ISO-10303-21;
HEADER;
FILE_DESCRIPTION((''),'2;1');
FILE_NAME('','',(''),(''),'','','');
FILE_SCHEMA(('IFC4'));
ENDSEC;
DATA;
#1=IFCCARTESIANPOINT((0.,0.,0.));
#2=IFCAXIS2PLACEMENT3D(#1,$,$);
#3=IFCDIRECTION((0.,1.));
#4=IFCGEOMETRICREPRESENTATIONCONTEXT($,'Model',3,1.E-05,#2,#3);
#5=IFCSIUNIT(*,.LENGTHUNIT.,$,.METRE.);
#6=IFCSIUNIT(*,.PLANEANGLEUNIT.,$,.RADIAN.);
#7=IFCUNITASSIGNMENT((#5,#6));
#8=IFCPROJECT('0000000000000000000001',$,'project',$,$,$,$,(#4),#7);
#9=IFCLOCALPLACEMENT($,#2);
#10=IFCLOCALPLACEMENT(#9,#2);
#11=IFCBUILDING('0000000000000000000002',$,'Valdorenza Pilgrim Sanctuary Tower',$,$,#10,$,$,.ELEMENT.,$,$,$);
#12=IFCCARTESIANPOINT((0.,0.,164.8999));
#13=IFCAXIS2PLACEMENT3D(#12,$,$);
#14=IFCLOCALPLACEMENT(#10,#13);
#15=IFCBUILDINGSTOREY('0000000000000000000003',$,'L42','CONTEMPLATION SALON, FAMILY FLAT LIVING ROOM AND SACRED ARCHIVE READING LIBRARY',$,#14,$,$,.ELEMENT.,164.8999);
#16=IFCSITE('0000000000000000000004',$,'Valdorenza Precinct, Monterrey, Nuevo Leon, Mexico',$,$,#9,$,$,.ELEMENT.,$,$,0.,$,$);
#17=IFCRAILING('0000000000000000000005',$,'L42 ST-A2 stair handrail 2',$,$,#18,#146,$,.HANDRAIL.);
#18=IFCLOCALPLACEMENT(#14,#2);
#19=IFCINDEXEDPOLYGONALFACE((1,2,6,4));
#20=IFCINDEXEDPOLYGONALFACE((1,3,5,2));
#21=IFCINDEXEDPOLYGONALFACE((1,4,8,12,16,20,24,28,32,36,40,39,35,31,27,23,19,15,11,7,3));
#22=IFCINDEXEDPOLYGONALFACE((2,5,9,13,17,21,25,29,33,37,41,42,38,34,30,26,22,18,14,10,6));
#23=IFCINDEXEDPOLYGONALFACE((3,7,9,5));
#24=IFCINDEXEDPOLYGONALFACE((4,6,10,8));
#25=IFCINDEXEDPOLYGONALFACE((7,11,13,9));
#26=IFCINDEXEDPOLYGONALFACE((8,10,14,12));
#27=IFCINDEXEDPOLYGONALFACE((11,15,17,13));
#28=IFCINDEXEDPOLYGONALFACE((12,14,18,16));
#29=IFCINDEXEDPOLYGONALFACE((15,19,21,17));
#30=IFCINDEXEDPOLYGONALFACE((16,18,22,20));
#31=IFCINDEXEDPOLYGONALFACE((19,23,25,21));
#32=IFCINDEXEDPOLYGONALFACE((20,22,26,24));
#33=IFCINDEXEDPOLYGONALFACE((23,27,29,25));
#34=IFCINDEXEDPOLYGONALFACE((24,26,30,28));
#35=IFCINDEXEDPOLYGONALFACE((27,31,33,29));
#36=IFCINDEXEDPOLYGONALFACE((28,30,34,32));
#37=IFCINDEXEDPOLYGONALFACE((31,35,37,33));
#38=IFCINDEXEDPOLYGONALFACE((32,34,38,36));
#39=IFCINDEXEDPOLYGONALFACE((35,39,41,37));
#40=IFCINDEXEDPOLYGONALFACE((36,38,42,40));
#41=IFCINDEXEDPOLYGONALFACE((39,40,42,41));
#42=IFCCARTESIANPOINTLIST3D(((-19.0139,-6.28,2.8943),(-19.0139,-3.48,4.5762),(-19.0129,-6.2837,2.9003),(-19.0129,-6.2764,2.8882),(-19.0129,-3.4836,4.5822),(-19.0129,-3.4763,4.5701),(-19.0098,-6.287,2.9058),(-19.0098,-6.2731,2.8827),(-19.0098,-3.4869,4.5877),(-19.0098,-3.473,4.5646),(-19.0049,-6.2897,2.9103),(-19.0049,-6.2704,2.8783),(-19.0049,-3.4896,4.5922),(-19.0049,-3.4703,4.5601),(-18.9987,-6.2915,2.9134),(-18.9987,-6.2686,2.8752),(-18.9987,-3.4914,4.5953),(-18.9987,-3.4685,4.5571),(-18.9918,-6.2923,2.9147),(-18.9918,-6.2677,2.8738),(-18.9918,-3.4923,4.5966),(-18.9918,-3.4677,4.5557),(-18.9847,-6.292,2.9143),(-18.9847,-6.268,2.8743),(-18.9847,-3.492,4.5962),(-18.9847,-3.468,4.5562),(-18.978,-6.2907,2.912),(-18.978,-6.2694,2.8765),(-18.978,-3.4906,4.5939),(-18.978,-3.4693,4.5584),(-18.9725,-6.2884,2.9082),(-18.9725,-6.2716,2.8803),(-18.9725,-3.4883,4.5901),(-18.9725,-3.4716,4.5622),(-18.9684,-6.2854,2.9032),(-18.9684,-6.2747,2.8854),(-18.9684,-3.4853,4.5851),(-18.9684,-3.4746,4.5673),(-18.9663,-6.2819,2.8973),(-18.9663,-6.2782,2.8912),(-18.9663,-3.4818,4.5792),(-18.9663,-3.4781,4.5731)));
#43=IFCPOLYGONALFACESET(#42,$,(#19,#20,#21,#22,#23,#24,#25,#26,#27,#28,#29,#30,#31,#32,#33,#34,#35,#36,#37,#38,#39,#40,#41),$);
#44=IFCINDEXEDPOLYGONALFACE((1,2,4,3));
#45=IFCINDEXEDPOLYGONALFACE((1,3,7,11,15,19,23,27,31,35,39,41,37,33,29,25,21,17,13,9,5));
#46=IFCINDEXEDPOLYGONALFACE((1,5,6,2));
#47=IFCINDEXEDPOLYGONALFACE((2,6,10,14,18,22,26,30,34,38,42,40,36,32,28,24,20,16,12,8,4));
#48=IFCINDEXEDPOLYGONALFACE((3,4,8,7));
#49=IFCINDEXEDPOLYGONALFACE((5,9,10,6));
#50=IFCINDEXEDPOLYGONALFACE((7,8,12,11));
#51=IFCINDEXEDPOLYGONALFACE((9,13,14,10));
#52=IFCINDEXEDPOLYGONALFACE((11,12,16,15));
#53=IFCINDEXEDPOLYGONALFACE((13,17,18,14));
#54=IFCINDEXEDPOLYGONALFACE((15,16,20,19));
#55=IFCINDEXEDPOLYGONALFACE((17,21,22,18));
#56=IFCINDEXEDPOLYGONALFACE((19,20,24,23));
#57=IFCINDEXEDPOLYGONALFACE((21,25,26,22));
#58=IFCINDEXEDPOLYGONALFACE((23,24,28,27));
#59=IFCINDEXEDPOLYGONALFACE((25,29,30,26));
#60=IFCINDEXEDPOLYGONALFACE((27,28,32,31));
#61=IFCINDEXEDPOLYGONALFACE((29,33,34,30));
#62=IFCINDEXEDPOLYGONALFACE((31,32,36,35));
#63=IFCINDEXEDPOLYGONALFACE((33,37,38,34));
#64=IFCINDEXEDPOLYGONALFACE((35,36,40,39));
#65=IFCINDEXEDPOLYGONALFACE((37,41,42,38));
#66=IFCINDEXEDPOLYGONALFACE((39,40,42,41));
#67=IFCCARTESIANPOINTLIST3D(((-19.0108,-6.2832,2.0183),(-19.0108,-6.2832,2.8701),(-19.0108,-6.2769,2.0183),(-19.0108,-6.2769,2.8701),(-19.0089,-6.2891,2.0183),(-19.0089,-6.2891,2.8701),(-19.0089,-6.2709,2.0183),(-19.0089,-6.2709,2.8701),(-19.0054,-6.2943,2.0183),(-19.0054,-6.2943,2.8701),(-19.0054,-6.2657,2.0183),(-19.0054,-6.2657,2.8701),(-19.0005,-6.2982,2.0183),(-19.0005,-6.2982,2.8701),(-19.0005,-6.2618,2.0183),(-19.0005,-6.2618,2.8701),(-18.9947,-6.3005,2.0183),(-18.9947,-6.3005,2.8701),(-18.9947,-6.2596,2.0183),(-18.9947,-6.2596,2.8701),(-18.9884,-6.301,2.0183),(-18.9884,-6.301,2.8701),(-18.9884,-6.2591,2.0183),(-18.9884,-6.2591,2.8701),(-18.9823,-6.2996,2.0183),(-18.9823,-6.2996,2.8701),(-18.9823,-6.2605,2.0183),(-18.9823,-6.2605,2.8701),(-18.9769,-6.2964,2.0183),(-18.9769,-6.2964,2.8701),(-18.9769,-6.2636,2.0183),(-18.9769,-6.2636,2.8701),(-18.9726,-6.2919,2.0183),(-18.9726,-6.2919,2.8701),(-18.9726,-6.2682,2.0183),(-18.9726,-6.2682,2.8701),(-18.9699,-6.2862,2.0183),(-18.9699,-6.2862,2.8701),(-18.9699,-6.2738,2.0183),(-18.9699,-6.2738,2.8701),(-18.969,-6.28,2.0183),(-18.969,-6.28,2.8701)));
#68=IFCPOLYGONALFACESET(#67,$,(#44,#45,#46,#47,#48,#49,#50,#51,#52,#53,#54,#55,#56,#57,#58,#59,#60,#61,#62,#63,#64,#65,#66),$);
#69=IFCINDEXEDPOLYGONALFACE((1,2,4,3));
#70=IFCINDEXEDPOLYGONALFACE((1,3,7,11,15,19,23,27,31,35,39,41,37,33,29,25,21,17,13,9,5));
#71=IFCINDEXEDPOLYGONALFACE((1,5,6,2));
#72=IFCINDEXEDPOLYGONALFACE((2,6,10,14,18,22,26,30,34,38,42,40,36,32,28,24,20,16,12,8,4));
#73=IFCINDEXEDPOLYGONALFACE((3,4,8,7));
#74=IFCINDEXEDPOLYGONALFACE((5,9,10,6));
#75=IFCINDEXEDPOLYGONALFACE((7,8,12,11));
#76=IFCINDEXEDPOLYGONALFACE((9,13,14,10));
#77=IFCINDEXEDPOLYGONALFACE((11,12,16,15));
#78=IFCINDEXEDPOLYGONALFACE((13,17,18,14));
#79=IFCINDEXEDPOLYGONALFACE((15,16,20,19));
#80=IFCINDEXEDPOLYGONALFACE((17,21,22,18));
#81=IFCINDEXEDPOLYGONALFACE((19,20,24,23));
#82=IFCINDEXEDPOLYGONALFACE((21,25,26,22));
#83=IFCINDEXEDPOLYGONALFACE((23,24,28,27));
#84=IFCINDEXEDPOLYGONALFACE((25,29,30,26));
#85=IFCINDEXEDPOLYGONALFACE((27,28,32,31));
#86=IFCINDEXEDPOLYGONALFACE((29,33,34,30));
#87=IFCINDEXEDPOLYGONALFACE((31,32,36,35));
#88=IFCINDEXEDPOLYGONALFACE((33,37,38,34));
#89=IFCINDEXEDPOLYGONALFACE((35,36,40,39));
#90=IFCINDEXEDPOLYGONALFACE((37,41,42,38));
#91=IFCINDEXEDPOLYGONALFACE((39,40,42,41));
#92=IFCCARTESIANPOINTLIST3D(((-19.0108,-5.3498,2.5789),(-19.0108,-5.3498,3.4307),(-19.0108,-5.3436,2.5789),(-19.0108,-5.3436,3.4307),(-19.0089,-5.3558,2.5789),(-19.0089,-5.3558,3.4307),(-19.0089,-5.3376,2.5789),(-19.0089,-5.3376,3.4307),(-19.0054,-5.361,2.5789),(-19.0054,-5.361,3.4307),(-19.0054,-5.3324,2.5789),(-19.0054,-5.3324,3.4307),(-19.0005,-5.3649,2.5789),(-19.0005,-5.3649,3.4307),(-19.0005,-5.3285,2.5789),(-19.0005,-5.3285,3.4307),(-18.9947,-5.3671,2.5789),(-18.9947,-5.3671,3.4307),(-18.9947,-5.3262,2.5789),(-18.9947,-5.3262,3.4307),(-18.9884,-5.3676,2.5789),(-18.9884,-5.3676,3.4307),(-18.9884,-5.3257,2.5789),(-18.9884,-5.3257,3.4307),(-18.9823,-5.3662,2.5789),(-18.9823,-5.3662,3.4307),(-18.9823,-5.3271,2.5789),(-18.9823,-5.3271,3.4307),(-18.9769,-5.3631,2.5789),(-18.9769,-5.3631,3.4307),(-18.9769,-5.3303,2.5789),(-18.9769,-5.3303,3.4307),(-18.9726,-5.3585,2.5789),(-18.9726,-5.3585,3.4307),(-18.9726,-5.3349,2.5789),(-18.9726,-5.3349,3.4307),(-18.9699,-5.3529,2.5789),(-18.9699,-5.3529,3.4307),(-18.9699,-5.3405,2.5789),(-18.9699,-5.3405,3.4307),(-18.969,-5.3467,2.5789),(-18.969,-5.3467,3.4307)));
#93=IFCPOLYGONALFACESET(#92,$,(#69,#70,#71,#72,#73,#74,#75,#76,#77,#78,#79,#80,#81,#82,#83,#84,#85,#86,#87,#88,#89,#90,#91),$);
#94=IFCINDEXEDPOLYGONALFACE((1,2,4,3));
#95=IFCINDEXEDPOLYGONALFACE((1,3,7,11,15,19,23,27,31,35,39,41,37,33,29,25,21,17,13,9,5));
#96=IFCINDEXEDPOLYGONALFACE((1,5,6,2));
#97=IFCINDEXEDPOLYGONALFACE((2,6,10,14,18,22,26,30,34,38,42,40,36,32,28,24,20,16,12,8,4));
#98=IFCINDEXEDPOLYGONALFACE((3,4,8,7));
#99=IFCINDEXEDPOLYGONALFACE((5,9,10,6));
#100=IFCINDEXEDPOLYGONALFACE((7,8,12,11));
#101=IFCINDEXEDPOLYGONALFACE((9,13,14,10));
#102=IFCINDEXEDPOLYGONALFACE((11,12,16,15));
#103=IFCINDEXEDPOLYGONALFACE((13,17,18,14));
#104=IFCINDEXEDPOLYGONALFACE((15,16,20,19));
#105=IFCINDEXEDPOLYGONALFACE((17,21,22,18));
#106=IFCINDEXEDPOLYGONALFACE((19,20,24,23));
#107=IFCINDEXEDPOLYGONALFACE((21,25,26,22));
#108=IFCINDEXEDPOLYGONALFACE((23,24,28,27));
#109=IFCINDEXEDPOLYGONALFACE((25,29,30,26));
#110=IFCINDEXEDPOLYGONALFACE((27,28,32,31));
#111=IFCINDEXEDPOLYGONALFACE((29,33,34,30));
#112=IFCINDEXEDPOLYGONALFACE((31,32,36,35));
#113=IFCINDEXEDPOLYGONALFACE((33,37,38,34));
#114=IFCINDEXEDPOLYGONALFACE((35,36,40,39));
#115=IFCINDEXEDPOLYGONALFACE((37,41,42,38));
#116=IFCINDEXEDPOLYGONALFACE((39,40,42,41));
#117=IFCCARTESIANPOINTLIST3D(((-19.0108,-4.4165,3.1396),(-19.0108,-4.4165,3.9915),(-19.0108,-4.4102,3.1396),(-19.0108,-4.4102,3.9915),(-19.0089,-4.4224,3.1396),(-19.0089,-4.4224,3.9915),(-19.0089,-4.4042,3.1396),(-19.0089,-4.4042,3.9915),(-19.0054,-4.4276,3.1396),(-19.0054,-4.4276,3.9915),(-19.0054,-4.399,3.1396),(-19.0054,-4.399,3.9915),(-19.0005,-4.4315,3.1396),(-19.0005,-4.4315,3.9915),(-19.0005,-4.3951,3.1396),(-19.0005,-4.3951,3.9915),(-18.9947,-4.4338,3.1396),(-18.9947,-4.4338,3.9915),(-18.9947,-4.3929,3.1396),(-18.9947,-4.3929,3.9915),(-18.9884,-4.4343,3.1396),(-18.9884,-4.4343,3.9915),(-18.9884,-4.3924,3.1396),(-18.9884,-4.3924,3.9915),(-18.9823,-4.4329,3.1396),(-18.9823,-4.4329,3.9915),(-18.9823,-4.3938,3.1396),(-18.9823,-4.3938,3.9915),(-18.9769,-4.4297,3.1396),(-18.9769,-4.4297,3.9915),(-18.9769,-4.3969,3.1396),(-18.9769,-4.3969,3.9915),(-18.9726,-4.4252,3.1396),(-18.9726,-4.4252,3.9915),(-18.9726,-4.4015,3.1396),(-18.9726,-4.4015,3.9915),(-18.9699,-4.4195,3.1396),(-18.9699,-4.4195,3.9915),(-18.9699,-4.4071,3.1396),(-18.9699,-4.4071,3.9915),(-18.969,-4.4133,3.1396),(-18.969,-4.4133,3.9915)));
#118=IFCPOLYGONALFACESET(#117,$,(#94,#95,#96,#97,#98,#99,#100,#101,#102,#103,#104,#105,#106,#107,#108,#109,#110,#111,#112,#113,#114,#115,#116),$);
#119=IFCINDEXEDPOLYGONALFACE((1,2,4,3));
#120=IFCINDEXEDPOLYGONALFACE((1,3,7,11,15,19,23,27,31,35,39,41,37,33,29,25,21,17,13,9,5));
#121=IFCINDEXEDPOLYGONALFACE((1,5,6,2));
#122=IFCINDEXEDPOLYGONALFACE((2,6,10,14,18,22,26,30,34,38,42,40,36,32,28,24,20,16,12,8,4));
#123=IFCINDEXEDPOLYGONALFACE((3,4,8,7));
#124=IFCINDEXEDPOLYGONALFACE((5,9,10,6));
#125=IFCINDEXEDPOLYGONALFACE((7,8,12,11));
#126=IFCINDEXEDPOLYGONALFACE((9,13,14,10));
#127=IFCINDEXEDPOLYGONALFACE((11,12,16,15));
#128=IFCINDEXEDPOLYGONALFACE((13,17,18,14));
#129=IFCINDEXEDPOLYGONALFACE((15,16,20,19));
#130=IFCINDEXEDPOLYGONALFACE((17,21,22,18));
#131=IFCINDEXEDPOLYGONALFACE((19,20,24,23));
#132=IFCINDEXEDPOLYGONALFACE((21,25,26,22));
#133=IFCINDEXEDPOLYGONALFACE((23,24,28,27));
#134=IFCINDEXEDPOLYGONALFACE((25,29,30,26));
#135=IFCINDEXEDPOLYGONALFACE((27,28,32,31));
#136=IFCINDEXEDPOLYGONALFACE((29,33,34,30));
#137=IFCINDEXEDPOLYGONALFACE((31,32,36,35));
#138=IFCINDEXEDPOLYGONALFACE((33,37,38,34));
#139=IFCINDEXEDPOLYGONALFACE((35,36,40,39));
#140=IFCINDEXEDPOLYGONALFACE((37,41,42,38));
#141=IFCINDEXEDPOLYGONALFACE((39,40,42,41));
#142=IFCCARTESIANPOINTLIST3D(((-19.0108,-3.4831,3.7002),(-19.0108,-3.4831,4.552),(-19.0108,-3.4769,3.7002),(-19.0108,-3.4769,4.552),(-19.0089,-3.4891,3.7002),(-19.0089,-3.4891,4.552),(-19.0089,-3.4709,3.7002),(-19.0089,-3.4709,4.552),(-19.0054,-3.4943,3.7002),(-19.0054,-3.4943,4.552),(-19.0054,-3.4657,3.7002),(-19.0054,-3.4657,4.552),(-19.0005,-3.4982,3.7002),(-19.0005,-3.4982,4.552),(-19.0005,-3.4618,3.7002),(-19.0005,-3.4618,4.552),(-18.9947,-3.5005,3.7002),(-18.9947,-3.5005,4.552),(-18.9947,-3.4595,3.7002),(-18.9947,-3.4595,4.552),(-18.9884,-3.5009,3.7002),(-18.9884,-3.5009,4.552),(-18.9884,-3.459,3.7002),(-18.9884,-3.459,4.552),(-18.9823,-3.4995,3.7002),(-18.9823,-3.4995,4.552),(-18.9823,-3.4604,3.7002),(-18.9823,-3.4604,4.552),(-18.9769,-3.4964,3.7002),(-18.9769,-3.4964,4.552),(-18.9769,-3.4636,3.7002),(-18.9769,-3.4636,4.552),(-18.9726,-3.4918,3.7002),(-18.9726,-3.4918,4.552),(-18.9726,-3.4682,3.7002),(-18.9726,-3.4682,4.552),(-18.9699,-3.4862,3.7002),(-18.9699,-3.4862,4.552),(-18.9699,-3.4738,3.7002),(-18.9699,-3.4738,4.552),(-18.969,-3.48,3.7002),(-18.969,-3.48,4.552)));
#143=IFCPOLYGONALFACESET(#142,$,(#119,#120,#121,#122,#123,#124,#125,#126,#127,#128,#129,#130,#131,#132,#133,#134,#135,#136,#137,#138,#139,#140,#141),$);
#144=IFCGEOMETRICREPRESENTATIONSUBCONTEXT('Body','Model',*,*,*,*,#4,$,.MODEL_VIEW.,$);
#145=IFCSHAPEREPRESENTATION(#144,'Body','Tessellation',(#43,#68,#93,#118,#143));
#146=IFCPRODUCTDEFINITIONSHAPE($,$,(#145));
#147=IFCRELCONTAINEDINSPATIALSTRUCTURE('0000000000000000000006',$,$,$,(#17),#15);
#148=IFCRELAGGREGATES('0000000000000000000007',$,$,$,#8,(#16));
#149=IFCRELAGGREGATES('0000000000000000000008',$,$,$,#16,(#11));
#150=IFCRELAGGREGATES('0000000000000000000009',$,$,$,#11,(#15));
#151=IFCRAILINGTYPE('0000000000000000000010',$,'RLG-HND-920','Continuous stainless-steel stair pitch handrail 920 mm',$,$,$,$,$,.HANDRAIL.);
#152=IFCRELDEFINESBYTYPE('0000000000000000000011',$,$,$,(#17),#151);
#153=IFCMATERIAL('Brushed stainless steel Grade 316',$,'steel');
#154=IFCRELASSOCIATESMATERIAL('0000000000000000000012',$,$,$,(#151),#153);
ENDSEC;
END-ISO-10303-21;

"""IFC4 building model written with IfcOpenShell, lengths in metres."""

from ifc_helpers import new_model, si_unit, direction, frame, origin, origin_2d, place, context, subcontext, project, spatial, circle, extrude, material, type_object, element, save


model = new_model("IFC4")

# Units and contexts
model_context = context("Model", 3, precision=1e-05, world=origin(), true_north=direction((0.0, 1.0)))
body_context = subcontext(model_context, "Body", "Model", "MODEL_VIEW")
ifc_project = project(units=[si_unit("LENGTHUNIT", "METRE"), si_unit("PLANEANGLEUNIT", "RADIAN")], contexts=[model_context])

# Site, building, storey
site_placement = place(None, origin())
site = spatial("IfcSite", under=ifc_project, at=site_placement, Name="Valdorenza Precinct, Monterrey, Nuevo Leon, Mexico", CompositionType="ELEMENT", RefElevation=0.0)
building_placement = place(site_placement, origin())
building = spatial("IfcBuilding", under=site, at=building_placement, Name="Valdorenza Pilgrim Sanctuary Tower", CompositionType="ELEMENT")
storey_placement = place(building_placement, frame((0.0, 0.0, 164.8999)))
storey = spatial("IfcBuildingStorey", under=building, at=storey_placement, Name="L42", Description="CONTEMPLATION SALON, FAMILY FLAT LIVING ROOM AND SACRED ARCHIVE READING LIBRARY", CompositionType="ELEMENT", Elevation=164.8999)

# Shared definitions
ifc_material_1 = material(Name="Brushed stainless steel Grade 316", Category="steel")

# Railing
railing_type_1 = type_object("IfcRailingType", Name="RLG-HND-920", Description="Continuous stainless-steel stair pitch handrail 920 mm", PredefinedType="HANDRAIL", material=ifc_material_1)
railing_1_placement = place(storey_placement, frame((-18.99, -6.28, 2.0183)))
element("IfcRailing", 1, at=railing_1_placement, inside=storey, type_object=railing_type_1, Name="L42 ST-A2 stair handrail 2", PredefinedType="HANDRAIL", context=body_context, shape_type="SweptSolid", body=[
    extrude(circle(Radius=0.0239, at=origin_2d()), frame((0.0, 0.0, 0.876), z_axis=(0.0, 0.857242, 0.514913), x_axis=(-1.0, 0.0, 0.0)), (0.0, 0.0, 1.0), 3.2664),
    extrude(circle(Radius=0.021, at=origin_2d()), origin(), (0.0, 0.0, 1.0), 0.8518),
    extrude(circle(Radius=0.021, at=origin_2d()), frame((0.0, 0.9333, 0.5605)), (0.0, 0.0, 1.0), 0.8518),
    extrude(circle(Radius=0.021, at=origin_2d()), frame((0.0, 1.8667, 1.1213)), (0.0, 0.0, 1.0), 0.8518),
    extrude(circle(Radius=0.021, at=origin_2d()), frame((0.0, 2.8, 1.6819)), (0.0, 0.0, 1.0), 0.8518),
])

save(model, "model.ifc")
